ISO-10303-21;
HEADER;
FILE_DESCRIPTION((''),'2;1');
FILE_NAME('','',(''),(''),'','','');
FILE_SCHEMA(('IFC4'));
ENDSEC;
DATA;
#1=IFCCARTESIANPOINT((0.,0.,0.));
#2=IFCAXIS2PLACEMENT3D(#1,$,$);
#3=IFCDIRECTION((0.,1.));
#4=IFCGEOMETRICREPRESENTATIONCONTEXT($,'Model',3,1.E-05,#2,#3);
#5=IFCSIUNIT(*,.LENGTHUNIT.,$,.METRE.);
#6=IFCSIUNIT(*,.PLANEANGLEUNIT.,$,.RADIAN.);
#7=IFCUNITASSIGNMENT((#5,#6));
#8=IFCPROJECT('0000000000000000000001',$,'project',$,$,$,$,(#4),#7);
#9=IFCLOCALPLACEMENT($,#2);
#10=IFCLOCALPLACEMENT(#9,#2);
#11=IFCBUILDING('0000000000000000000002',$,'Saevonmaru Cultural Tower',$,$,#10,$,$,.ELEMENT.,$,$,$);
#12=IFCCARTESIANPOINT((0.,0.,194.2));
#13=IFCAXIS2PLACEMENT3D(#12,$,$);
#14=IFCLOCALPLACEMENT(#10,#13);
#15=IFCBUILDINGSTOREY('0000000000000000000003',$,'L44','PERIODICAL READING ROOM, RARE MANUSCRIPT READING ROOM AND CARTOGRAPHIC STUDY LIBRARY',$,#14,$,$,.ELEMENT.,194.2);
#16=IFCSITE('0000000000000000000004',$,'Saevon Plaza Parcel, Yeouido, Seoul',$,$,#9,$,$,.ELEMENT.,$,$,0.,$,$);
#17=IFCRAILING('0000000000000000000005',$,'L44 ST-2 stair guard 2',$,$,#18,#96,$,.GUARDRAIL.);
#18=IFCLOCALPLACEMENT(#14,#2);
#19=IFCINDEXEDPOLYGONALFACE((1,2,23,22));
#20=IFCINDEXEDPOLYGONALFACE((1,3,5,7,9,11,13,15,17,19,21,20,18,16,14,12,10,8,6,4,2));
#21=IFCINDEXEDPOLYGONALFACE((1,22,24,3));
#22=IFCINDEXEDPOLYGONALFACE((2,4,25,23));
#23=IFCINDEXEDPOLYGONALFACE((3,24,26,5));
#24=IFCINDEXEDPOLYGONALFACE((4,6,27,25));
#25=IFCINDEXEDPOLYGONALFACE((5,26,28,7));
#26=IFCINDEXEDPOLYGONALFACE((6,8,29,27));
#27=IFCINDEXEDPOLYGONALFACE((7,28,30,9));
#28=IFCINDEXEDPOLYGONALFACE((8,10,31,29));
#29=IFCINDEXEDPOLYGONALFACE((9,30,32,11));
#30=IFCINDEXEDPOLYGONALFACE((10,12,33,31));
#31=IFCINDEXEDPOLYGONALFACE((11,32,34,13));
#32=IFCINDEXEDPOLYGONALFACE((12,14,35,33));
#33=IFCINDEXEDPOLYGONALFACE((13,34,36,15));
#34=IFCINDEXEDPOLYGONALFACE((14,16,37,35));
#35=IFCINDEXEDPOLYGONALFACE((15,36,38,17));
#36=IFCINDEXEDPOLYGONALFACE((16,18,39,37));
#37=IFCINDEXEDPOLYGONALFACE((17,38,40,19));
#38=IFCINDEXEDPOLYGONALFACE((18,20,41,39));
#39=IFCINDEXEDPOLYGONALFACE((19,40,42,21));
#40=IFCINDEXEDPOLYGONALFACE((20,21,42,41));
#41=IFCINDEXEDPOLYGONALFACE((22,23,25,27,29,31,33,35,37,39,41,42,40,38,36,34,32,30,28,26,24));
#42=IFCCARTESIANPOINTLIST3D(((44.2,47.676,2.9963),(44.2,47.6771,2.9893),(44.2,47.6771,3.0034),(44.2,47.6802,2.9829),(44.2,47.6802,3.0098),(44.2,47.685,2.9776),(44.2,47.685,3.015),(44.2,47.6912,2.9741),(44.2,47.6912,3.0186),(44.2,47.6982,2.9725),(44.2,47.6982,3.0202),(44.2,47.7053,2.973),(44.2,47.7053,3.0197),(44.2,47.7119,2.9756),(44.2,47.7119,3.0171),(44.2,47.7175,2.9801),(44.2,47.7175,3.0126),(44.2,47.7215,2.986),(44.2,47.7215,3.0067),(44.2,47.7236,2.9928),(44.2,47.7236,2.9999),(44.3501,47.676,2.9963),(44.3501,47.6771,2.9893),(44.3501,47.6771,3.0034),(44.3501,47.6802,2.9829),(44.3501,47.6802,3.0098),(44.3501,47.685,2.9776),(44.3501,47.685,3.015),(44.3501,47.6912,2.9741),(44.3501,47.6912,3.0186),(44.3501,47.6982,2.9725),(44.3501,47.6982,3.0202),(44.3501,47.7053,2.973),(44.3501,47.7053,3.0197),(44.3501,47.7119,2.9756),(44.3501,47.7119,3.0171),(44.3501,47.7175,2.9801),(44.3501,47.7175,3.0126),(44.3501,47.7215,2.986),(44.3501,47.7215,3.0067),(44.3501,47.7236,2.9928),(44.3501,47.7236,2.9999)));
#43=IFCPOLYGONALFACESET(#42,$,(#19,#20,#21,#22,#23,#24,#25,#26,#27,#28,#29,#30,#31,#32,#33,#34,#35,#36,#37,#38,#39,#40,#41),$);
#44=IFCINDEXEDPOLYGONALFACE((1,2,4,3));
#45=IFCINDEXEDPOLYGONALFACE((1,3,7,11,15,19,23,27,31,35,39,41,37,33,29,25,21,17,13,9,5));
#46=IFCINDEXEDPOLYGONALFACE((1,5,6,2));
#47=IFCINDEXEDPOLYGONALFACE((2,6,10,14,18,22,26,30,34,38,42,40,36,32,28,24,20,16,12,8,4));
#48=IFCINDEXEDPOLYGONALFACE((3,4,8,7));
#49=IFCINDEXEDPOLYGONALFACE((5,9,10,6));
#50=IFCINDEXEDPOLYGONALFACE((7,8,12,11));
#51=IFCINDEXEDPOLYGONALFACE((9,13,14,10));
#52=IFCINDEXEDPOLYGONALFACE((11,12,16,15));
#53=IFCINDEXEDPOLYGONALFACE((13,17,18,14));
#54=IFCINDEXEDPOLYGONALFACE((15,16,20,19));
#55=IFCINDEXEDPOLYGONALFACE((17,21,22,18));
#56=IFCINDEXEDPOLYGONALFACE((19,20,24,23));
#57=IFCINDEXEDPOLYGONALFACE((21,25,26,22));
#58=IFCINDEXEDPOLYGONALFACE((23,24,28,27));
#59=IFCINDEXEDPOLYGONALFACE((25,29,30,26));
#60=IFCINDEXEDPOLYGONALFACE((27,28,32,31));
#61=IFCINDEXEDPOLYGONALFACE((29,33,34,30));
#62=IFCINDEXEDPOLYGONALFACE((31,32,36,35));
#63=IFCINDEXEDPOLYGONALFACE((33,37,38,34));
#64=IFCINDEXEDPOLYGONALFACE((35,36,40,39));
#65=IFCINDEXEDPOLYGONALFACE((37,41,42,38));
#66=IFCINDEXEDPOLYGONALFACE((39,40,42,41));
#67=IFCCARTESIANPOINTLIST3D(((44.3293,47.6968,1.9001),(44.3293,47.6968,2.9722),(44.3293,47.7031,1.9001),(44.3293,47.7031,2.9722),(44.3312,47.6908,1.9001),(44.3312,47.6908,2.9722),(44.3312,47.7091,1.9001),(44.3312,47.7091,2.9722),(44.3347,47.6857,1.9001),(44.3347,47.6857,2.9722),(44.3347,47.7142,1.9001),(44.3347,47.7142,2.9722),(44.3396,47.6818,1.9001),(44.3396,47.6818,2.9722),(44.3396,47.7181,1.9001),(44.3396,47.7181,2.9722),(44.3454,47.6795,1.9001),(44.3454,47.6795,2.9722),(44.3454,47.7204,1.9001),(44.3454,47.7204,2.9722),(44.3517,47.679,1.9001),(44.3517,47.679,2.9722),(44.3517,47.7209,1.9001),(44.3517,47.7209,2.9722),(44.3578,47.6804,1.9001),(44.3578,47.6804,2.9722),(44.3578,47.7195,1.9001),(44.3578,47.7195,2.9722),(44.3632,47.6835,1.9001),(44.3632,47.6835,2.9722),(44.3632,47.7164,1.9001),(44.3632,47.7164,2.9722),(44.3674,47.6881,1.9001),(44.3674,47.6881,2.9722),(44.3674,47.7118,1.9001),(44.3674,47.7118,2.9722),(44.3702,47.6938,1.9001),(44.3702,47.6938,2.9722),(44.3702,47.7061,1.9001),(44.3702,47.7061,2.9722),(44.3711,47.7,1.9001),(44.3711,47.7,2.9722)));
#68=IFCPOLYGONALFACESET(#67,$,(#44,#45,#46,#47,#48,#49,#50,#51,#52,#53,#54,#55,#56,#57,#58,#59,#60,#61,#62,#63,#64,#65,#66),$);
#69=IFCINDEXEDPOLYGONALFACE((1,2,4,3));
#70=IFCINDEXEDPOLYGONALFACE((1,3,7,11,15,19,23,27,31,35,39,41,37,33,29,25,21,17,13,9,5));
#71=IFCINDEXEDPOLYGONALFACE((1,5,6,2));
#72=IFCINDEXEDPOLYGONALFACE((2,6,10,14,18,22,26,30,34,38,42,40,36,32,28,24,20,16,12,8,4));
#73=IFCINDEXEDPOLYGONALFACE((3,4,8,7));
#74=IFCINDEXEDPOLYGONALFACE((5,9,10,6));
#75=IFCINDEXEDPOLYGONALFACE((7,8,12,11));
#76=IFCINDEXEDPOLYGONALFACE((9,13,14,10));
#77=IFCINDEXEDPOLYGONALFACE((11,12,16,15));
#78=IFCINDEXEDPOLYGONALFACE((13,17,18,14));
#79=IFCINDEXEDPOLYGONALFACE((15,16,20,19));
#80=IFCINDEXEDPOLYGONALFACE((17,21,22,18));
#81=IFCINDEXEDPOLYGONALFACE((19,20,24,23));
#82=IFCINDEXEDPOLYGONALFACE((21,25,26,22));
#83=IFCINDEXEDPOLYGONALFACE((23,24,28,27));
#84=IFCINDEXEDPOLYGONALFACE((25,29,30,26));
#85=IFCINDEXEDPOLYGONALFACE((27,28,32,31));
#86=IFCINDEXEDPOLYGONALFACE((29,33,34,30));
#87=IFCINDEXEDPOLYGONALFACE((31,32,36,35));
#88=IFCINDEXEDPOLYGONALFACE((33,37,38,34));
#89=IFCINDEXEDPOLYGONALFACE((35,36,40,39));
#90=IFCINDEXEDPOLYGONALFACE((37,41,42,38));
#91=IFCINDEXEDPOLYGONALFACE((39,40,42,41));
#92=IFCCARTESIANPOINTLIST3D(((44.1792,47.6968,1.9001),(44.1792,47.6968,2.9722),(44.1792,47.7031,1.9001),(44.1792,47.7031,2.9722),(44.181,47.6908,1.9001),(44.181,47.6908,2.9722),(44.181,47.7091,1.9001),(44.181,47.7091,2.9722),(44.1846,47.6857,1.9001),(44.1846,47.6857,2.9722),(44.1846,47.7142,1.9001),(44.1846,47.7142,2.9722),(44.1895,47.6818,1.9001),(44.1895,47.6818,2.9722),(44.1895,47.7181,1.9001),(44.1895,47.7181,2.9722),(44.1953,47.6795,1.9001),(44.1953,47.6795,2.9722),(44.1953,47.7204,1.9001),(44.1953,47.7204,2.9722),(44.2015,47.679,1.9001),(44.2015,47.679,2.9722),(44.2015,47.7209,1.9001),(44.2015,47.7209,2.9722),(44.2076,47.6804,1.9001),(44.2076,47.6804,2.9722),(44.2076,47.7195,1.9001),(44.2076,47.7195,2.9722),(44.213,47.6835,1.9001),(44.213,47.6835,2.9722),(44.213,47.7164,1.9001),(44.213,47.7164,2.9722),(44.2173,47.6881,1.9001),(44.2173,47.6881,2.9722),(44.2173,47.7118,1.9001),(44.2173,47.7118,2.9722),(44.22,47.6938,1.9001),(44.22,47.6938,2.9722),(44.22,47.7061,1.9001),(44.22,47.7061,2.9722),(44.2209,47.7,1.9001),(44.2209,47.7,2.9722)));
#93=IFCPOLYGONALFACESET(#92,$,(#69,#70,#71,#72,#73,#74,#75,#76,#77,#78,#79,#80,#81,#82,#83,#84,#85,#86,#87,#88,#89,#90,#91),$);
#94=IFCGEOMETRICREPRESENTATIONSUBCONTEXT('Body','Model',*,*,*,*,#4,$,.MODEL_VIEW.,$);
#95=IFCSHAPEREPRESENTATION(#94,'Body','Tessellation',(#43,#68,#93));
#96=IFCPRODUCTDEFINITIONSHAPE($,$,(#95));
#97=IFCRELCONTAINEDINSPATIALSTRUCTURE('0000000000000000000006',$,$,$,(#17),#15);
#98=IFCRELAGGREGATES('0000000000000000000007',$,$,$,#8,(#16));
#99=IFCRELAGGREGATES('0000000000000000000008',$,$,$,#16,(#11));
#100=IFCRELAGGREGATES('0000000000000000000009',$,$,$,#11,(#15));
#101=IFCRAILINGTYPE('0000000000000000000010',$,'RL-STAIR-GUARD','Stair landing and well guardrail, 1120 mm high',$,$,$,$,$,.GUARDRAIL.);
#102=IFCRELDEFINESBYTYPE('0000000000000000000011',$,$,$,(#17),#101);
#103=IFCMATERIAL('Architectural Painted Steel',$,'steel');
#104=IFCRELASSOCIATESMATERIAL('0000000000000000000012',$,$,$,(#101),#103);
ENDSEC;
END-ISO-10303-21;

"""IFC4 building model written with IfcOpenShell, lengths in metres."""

from ifc_helpers import new_model, si_unit, direction, frame, origin, origin_2d, place, context, subcontext, project, spatial, circle, extrude, material, type_object, element, save


model = new_model("IFC4")

# Units and contexts
model_context = context("Model", 3, precision=1e-05, world=origin(), true_north=direction((0.0, 1.0)))
body_context = subcontext(model_context, "Body", "Model", "MODEL_VIEW")
ifc_project = project(units=[si_unit("LENGTHUNIT", "METRE"), si_unit("PLANEANGLEUNIT", "RADIAN")], contexts=[model_context])

# Site, building, storey
site_placement = place(None, origin())
site = spatial("IfcSite", under=ifc_project, at=site_placement, Name="Saevon Plaza Parcel, Yeouido, Seoul", CompositionType="ELEMENT", RefElevation=0.0)
building_placement = place(site_placement, origin())
building = spatial("IfcBuilding", under=site, at=building_placement, Name="Saevonmaru Cultural Tower", CompositionType="ELEMENT")
storey_placement = place(building_placement, frame((0.0, 0.0, 194.2)))
storey = spatial("IfcBuildingStorey", under=building, at=storey_placement, Name="L44", Description="PERIODICAL READING ROOM, RARE MANUSCRIPT READING ROOM AND CARTOGRAPHIC STUDY LIBRARY", CompositionType="ELEMENT", Elevation=194.2)

# Railing
ifc_material_1 = material(Name="Architectural Painted Steel", Category="steel")
railing_type_1 = type_object("IfcRailingType", Name="RL-STAIR-GUARD", Description="Stair landing and well guardrail, 1120 mm high", PredefinedType="GUARDRAIL", material=ifc_material_1)
railing_1_placement = place(storey_placement, frame((44.3501, 47.7, 1.9001)))
element("IfcRailing", 1, at=railing_1_placement, inside=storey, type_object=railing_type_1, Name="L44 ST-2 stair guard 2", PredefinedType="GUARDRAIL", context=body_context, shape_type="SweptSolid", body=[
    extrude(circle(Radius=0.0239, at=origin_2d()), frame((0.0, 0.0, 1.0962), z_axis=(-1.0, 0.0, 0.0), x_axis=(0.0, -1.0, 0.0)), (0.0, 0.0, 1.0), 0.1501),
    extrude(circle(Radius=0.021, at=origin_2d()), origin(), (0.0, 0.0, 1.0), 1.072),
    extrude(circle(Radius=0.021, at=origin_2d()), frame((-0.1501, 0.0, 0.0)), (0.0, 0.0, 1.0), 1.072),
])

save(model, "model.ifc")
